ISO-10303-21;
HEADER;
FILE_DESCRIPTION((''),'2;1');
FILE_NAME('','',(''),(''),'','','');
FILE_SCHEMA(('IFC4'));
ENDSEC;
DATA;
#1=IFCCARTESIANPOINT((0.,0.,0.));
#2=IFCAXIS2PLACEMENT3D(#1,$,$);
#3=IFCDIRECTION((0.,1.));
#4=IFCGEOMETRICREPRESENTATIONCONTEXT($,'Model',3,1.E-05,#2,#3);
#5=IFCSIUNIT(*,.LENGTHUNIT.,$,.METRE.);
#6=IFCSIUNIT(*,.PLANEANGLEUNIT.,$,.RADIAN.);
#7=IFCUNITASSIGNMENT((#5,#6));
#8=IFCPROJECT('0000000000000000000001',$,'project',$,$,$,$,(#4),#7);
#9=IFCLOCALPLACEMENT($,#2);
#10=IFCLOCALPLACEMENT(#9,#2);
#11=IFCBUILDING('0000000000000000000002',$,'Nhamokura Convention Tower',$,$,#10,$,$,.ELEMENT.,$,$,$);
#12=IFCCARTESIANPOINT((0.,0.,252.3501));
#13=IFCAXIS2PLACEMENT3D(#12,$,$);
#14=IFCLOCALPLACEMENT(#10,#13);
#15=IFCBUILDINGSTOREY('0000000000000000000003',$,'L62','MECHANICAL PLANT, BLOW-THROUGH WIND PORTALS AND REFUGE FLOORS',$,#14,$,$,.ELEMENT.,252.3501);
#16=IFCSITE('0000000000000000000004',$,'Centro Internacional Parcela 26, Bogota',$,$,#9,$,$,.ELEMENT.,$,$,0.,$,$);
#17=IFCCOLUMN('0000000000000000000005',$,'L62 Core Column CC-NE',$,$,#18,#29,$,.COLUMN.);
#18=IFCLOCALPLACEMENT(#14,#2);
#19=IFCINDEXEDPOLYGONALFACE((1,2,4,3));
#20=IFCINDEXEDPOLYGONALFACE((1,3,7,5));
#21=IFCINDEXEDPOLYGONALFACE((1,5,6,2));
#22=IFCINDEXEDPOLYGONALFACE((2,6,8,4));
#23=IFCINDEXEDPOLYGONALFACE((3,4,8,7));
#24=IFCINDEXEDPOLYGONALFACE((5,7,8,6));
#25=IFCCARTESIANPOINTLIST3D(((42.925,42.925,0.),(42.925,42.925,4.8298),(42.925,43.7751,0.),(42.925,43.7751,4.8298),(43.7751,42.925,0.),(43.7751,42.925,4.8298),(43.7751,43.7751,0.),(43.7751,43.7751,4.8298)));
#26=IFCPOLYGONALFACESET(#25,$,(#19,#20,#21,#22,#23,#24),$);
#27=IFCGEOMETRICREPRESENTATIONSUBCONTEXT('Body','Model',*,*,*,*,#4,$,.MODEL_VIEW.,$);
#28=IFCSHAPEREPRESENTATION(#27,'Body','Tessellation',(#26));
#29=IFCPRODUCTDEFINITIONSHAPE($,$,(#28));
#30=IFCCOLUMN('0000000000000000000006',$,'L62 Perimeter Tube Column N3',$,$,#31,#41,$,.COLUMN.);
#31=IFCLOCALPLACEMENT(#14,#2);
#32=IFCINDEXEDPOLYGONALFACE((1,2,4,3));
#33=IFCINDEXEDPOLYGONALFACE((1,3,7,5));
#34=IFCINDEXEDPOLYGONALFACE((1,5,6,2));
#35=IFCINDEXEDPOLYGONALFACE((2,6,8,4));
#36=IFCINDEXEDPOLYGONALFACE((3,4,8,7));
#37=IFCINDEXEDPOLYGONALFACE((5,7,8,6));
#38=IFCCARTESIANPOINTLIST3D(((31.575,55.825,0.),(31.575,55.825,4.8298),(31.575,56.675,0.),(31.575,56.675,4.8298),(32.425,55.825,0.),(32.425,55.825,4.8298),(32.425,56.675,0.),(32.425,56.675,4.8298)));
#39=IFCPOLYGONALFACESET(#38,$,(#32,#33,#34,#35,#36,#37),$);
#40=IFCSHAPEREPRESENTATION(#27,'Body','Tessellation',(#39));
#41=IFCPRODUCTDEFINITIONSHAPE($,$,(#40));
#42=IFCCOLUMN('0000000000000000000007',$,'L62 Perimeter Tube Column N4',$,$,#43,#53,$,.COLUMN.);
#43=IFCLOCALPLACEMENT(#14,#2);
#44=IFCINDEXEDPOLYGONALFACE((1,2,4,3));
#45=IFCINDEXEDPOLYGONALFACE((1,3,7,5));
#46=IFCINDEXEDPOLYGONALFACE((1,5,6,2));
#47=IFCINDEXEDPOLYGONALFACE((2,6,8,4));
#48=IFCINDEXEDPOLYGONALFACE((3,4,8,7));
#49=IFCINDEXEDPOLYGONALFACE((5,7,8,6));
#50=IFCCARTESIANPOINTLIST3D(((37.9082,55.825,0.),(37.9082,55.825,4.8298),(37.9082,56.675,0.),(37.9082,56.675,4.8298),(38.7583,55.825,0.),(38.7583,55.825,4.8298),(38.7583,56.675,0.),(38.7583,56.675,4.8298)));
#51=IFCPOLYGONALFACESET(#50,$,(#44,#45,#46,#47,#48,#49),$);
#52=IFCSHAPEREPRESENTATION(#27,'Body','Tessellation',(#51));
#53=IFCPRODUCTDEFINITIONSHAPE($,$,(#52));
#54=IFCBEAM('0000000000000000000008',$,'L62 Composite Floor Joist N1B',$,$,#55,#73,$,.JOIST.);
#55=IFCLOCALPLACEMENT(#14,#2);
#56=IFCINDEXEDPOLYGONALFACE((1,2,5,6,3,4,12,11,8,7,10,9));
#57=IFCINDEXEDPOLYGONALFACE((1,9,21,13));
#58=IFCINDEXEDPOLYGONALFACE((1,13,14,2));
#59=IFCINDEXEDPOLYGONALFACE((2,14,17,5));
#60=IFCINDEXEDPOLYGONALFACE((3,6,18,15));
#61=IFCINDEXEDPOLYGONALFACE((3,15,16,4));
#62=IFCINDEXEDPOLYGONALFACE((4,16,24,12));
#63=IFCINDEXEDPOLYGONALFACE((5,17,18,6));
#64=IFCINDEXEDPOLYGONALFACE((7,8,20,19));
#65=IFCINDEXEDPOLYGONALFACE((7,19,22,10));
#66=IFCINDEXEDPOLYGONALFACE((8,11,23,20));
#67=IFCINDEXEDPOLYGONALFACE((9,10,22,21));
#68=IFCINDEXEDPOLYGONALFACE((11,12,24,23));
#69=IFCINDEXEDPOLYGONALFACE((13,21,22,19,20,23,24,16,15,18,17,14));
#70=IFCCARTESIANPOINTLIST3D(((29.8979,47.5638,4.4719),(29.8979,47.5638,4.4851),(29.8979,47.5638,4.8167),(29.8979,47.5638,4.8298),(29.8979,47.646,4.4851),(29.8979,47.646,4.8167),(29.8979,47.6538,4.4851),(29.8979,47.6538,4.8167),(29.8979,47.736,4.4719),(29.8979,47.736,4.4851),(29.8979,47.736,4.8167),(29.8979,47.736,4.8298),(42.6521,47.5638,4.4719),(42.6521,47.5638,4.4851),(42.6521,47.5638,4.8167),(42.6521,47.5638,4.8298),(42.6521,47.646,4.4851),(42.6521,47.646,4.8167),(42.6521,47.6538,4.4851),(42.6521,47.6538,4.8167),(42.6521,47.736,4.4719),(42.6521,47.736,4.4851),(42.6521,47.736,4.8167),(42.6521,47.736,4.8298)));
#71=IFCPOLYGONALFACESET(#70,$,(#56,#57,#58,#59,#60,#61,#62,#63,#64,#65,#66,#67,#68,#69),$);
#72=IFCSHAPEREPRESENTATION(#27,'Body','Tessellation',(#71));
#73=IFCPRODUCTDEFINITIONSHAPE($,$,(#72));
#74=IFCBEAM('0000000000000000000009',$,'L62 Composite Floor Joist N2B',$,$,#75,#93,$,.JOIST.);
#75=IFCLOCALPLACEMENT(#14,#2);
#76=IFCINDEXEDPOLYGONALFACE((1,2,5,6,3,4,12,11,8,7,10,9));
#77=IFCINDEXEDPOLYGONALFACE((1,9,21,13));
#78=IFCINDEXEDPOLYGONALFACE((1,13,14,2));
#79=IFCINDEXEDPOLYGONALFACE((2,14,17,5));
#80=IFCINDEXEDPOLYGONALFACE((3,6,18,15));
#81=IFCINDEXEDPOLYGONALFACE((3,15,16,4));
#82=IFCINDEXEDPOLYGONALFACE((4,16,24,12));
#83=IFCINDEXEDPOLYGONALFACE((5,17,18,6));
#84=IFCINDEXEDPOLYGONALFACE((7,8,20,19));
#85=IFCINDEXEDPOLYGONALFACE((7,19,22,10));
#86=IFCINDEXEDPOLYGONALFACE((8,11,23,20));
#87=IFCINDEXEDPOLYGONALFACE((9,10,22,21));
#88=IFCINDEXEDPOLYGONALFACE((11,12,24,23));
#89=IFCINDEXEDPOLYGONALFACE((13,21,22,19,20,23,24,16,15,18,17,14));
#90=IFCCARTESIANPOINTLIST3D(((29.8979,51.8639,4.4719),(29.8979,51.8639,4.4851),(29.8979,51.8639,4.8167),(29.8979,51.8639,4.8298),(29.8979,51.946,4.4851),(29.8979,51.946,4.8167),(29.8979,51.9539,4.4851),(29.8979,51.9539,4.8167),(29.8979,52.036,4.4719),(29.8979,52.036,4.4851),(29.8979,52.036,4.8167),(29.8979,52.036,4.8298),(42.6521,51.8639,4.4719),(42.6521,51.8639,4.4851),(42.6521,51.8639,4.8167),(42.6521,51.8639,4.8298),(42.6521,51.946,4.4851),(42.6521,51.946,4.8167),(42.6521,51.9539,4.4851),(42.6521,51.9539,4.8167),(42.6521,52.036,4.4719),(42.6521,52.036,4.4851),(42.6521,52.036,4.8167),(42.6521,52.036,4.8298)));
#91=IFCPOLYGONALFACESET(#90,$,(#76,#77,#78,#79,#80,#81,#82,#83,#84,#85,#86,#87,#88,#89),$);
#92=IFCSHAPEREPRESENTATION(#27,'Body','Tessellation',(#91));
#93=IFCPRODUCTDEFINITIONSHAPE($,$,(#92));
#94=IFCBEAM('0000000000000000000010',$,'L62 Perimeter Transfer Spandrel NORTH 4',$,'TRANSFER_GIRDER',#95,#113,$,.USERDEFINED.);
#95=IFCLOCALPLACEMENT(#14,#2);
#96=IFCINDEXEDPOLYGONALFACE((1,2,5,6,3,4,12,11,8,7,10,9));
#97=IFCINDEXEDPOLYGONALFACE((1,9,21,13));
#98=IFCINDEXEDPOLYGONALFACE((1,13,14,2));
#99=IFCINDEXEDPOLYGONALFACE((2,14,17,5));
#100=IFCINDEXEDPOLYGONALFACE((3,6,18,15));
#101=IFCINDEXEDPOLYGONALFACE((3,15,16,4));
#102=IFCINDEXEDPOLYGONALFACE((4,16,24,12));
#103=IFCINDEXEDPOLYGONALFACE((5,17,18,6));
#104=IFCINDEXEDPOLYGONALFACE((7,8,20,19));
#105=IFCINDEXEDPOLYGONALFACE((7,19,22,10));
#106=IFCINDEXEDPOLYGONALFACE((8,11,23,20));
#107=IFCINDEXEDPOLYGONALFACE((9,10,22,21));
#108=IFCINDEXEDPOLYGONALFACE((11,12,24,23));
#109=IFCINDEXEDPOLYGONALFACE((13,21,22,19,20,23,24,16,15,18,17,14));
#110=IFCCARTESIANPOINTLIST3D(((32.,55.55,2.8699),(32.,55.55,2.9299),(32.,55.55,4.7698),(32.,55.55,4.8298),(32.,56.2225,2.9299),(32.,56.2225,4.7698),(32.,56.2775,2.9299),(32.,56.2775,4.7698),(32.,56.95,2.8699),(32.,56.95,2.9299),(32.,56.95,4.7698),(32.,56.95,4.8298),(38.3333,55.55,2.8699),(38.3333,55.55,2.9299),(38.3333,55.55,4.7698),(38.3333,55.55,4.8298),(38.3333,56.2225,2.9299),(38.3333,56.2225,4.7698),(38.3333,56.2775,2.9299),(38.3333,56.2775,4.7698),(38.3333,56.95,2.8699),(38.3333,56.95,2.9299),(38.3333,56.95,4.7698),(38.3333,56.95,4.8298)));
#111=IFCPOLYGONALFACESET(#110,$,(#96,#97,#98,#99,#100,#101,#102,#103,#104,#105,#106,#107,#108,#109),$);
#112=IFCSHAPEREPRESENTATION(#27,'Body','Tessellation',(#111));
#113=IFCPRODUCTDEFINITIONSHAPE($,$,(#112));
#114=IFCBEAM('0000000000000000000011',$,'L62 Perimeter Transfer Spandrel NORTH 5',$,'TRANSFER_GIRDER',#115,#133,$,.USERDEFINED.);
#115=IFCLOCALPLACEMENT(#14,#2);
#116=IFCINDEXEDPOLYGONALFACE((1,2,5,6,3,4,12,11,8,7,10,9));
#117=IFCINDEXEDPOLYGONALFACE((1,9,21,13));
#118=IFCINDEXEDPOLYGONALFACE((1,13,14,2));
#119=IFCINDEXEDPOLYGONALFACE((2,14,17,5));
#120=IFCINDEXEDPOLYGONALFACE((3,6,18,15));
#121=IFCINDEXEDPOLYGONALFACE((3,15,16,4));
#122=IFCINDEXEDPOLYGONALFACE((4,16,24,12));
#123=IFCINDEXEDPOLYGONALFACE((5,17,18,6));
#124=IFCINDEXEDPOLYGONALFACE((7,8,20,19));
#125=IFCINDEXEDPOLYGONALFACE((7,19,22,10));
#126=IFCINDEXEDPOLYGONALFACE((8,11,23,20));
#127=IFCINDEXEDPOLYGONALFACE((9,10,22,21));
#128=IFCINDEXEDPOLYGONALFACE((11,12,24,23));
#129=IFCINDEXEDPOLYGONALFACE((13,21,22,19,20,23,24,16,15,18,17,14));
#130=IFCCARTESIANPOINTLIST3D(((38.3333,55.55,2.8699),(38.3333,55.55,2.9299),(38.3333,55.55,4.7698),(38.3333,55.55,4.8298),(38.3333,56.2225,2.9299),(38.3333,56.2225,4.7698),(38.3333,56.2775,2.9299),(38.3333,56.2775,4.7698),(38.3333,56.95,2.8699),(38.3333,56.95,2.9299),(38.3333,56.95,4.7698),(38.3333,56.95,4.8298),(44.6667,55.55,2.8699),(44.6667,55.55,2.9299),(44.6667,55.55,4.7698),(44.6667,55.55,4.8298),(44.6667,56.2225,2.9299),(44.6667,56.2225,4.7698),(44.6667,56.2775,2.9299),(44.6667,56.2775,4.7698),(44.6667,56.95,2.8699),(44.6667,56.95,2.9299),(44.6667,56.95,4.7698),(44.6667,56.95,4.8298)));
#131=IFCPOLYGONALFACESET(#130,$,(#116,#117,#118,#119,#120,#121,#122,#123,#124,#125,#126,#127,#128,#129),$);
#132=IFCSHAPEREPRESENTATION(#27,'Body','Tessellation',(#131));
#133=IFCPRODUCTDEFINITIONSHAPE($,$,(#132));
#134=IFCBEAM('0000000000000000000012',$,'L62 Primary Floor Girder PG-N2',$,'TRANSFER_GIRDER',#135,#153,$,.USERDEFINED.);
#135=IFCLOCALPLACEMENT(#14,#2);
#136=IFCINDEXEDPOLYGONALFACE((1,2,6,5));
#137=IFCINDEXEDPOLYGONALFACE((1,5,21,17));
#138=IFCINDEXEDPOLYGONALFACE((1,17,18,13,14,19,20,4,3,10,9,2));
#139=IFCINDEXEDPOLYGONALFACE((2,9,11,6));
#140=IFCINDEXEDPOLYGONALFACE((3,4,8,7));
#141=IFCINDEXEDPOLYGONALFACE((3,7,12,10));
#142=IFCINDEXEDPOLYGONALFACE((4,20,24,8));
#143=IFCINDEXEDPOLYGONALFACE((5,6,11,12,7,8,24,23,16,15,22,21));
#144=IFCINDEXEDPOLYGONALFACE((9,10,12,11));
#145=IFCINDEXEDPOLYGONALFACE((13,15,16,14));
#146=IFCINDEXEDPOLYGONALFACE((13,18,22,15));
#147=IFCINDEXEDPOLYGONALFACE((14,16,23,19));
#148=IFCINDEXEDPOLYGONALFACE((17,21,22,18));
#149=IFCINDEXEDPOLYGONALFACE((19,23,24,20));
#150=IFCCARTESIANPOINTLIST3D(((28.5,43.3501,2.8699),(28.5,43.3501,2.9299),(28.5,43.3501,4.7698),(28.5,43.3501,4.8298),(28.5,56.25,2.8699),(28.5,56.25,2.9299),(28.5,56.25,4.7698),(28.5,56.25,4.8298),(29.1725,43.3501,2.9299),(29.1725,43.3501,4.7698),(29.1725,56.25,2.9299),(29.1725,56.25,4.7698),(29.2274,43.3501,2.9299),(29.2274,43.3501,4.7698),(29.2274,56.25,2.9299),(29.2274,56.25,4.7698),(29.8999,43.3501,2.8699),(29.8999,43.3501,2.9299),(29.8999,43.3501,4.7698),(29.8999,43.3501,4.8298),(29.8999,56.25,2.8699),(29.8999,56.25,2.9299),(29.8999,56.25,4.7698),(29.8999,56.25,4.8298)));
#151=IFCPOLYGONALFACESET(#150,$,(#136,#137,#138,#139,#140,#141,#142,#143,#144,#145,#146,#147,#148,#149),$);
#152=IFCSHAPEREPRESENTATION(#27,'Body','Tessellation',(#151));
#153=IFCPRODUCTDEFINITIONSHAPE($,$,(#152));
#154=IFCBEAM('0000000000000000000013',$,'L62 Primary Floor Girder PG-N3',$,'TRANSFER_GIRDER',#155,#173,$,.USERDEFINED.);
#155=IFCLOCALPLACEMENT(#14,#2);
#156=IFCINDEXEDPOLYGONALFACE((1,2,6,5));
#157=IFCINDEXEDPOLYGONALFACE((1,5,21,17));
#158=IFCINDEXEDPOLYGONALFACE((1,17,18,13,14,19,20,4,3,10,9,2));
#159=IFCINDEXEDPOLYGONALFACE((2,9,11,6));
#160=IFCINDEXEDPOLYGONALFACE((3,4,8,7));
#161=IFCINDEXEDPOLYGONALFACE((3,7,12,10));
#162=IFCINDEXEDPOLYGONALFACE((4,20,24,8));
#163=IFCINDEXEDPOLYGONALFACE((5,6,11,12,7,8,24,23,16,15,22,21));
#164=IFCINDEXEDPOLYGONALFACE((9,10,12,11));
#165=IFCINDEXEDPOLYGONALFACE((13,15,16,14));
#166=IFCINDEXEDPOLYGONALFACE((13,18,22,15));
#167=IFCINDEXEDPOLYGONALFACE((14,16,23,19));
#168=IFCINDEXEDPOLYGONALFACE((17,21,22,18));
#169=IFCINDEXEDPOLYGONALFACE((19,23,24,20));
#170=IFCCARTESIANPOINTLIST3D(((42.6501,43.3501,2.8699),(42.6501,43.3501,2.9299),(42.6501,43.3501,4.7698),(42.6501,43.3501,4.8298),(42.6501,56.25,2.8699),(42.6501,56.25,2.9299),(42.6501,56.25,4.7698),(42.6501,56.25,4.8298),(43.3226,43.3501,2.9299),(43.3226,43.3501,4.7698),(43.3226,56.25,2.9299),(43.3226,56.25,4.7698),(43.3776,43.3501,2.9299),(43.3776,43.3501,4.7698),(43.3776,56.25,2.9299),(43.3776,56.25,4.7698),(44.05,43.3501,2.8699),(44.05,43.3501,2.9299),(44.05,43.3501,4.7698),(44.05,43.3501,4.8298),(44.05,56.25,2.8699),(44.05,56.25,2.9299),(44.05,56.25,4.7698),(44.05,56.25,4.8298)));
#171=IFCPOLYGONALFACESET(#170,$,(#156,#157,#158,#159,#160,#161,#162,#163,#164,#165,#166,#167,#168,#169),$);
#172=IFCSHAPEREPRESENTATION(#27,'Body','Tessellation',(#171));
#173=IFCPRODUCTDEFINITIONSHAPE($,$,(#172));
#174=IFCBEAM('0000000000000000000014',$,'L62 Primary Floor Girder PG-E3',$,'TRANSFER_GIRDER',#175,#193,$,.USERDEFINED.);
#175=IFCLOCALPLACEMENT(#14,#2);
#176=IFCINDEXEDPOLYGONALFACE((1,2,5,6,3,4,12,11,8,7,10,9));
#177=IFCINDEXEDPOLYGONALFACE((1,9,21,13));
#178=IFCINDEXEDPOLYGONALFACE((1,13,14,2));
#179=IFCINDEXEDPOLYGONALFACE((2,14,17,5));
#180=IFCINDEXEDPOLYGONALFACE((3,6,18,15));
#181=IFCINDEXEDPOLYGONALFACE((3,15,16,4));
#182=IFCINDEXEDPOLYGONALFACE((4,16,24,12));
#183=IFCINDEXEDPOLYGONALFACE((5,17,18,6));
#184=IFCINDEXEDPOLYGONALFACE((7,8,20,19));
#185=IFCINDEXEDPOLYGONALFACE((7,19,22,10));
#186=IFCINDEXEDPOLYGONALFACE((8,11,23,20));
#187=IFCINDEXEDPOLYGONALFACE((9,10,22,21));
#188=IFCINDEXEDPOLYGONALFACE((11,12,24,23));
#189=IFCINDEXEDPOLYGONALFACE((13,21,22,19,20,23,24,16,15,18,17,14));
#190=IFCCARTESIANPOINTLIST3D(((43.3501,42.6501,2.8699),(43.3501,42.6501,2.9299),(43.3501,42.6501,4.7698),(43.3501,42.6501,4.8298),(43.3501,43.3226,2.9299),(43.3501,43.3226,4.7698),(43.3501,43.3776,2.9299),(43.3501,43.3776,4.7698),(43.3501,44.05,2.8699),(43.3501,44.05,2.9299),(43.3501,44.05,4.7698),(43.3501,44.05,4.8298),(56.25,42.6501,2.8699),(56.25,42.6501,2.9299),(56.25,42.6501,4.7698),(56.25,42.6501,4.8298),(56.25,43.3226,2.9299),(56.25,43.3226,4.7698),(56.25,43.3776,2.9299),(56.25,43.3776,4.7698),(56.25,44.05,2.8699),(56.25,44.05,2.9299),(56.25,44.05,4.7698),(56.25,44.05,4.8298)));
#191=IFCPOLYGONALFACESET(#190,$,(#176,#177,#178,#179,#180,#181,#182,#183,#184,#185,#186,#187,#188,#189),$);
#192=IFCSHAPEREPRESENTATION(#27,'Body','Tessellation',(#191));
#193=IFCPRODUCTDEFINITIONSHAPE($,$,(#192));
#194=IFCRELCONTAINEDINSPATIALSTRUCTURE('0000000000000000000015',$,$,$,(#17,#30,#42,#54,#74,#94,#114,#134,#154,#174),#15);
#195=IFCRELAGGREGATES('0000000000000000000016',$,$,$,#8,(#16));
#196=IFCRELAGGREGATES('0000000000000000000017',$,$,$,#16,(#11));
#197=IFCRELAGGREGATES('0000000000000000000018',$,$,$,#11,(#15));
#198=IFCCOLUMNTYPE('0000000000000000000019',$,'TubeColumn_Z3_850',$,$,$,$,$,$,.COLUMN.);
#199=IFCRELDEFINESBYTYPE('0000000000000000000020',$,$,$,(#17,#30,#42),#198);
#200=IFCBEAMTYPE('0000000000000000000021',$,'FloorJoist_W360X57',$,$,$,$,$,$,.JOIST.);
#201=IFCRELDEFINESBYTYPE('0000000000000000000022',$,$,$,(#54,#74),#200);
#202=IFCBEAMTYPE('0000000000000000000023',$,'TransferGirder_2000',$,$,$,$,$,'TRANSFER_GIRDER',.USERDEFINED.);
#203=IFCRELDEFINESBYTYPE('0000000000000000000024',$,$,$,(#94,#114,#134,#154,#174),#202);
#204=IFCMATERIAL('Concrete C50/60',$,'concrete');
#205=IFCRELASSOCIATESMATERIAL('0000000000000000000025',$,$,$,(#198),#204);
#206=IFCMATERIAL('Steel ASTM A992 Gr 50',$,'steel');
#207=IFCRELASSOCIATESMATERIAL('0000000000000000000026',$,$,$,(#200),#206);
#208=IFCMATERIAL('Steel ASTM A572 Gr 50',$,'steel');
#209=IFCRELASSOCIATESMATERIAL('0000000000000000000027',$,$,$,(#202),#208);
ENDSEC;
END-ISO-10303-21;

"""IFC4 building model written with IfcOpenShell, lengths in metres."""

from ifc_helpers import new_model, si_unit, direction, frame, origin, origin_2d, place, context, subcontext, project, spatial, rectangle, i_section, extrude, material, material_profile, profile_set, type_object, element, save


model = new_model("IFC4")

# Units and contexts
model_context = context("Model", 3, precision=1e-05, world=origin(), true_north=direction((0.0, 1.0)))
body_context = subcontext(model_context, "Body", "Model", "MODEL_VIEW")
ifc_project = project(units=[si_unit("LENGTHUNIT", "METRE"), si_unit("PLANEANGLEUNIT", "RADIAN")], contexts=[model_context])

# Site, building, storey
site_placement = place(None, origin())
site = spatial("IfcSite", under=ifc_project, at=site_placement, Name="Centro Internacional Parcela 26, Bogota", CompositionType="ELEMENT", RefElevation=0.0)
building_placement = place(site_placement, origin())
building = spatial("IfcBuilding", under=site, at=building_placement, Name="Nhamokura Convention Tower", CompositionType="ELEMENT")
storey_placement = place(building_placement, frame((0.0, 0.0, 252.3501)))
storey = spatial("IfcBuildingStorey", under=building, at=storey_placement, Name="L62", Description="MECHANICAL PLANT, BLOW-THROUGH WIND PORTALS AND REFUGE FLOORS", CompositionType="ELEMENT", Elevation=252.3501)

# Columns
ifc_material_1 = material(Name="Concrete C50/60", Category="concrete")
ifc_material_profile_1 = material_profile(ifc_material_1, rectangle(XDim=0.8501, YDim=0.8501, at=origin_2d()))
ifc_profile_set_1 = profile_set([ifc_material_profile_1], Name="Concrete C50/60")
column_type = type_object("IfcColumnType", Name="TubeColumn_Z3_850", PredefinedType="COLUMN", material=ifc_profile_set_1)
for number, where, z_axis, x_axis, name in (
    (1, (43.3501, 43.3501, 0.0), (0.0, 0.0, 1.0), (1.0, 0.0, 0.0), "L62 Core Column CC-NE"),
    (2, (32.0, 56.25, 0.0), (0.0, 0.0, 1.0), (1.0, 0.0, 0.0), "L62 Perimeter Tube Column N3"),
    (3, (38.3333, 56.25, 0.0), (0.0, 0.0, 1.0), (1.0, 0.0, 0.0), "L62 Perimeter Tube Column N4"),
):
    element("IfcColumn", number, at=place(storey_placement, frame(where, z_axis=z_axis, x_axis=x_axis)), inside=storey, type_object=column_type, Name=name, PredefinedType="COLUMN", context=body_context, shape_type="SweptSolid", body=[
        extrude(rectangle(XDim=0.8501, YDim=0.8501, at=origin_2d()), origin(), (0.0, 0.0, 1.0), 4.8298),
    ])

# Beams
ifc_material_2 = material(Name="Steel ASTM A992 Gr 50", Category="steel")
ifc_material_profile_2 = material_profile(ifc_material_2, i_section(OverallWidth=0.1721, OverallDepth=0.3579, WebThickness=0.0078, FlangeThickness=0.0132, at=origin_2d()))
ifc_profile_set_2 = profile_set([ifc_material_profile_2], Name="Steel ASTM A992 Gr 50")
beam_type_1 = type_object("IfcBeamType", Name="FloorJoist_W360X57", PredefinedType="JOIST", material=ifc_profile_set_2)
for number, where, z_axis, x_axis, name in (
    (4, (29.8979, 47.6499, 4.6509), (1.0, 0.0, 0.0), (0.0, 1.0, 0.0), "L62 Composite Floor Joist N1B"),
    (5, (29.8979, 51.95, 4.6509), (1.0, 0.0, 0.0), (0.0, 1.0, 0.0), "L62 Composite Floor Joist N2B"),
):
    element("IfcBeam", number, at=place(storey_placement, frame(where, z_axis=z_axis, x_axis=x_axis)), inside=storey, type_object=beam_type_1, Name=name, PredefinedType="JOIST", context=body_context, shape_type="SweptSolid", body=[
        extrude(i_section(OverallWidth=0.1721, OverallDepth=0.3579, WebThickness=0.0078, FlangeThickness=0.0132, at=origin_2d()), origin(), (0.0, 0.0, 1.0), 12.7542),
    ])
ifc_material_3 = material(Name="Steel ASTM A572 Gr 50", Category="steel")
ifc_material_profile_3 = material_profile(ifc_material_3, i_section(OverallWidth=1.3999, OverallDepth=1.96, WebThickness=0.0549, FlangeThickness=0.0601, at=origin_2d()))
ifc_profile_set_3 = profile_set([ifc_material_profile_3], Name="Steel ASTM A572 Gr 50")
beam_type_2 = type_object("IfcBeamType", Name="TransferGirder_2000", ElementType="TRANSFER_GIRDER", PredefinedType="USERDEFINED", material=ifc_profile_set_3)
beam_1_placement = place(storey_placement, frame((32.0, 56.25, 3.8499), z_axis=(1.0, 0.0, 0.0), x_axis=(0.0, 1.0, 0.0)))
element("IfcBeam", 6, at=beam_1_placement, inside=storey, type_object=beam_type_2, Name="L62 Perimeter Transfer Spandrel NORTH 4", ObjectType="TRANSFER_GIRDER", PredefinedType="USERDEFINED", context=body_context, shape_type="SweptSolid", body=[
    extrude(i_section(OverallWidth=1.3999, OverallDepth=1.96, WebThickness=0.0549, FlangeThickness=0.0601, at=origin_2d()), origin(), (0.0, 0.0, 1.0), 6.3333),
])
beam_2_placement = place(storey_placement, frame((38.3333, 56.25, 3.8499), z_axis=(1.0, 0.0, 0.0), x_axis=(0.0, 1.0, 0.0)))
element("IfcBeam", 7, at=beam_2_placement, inside=storey, type_object=beam_type_2, Name="L62 Perimeter Transfer Spandrel NORTH 5", ObjectType="TRANSFER_GIRDER", PredefinedType="USERDEFINED", context=body_context, shape_type="SweptSolid", body=[
    extrude(i_section(OverallWidth=1.3999, OverallDepth=1.96, WebThickness=0.0549, FlangeThickness=0.0601, at=origin_2d()), origin(), (0.0, 0.0, 1.0), 6.3335),
])
for number, where, z_axis, x_axis, name in (
    (8, (29.2, 43.3501, 3.8499), (0.0, 1.0, 0.0), (-1.0, 0.0, 0.0), "L62 Primary Floor Girder PG-N2"),
    (9, (43.3501, 43.3501, 3.8499), (0.0, 1.0, 0.0), (-1.0, 0.0, 0.0), "L62 Primary Floor Girder PG-N3"),
    (10, (43.3501, 43.3501, 3.8499), (1.0, 0.0, 0.0), (0.0, 1.0, 0.0), "L62 Primary Floor Girder PG-E3"),
):
    element("IfcBeam", number, at=place(storey_placement, frame(where, z_axis=z_axis, x_axis=x_axis)), inside=storey, type_object=beam_type_2, Name=name, ObjectType="TRANSFER_GIRDER", PredefinedType="USERDEFINED", context=body_context, shape_type="SweptSolid", body=[
        extrude(i_section(OverallWidth=1.3999, OverallDepth=1.96, WebThickness=0.0549, FlangeThickness=0.0601, at=origin_2d()), origin(), (0.0, 0.0, 1.0), 12.8999),
    ])

save(model, "model.ifc")
